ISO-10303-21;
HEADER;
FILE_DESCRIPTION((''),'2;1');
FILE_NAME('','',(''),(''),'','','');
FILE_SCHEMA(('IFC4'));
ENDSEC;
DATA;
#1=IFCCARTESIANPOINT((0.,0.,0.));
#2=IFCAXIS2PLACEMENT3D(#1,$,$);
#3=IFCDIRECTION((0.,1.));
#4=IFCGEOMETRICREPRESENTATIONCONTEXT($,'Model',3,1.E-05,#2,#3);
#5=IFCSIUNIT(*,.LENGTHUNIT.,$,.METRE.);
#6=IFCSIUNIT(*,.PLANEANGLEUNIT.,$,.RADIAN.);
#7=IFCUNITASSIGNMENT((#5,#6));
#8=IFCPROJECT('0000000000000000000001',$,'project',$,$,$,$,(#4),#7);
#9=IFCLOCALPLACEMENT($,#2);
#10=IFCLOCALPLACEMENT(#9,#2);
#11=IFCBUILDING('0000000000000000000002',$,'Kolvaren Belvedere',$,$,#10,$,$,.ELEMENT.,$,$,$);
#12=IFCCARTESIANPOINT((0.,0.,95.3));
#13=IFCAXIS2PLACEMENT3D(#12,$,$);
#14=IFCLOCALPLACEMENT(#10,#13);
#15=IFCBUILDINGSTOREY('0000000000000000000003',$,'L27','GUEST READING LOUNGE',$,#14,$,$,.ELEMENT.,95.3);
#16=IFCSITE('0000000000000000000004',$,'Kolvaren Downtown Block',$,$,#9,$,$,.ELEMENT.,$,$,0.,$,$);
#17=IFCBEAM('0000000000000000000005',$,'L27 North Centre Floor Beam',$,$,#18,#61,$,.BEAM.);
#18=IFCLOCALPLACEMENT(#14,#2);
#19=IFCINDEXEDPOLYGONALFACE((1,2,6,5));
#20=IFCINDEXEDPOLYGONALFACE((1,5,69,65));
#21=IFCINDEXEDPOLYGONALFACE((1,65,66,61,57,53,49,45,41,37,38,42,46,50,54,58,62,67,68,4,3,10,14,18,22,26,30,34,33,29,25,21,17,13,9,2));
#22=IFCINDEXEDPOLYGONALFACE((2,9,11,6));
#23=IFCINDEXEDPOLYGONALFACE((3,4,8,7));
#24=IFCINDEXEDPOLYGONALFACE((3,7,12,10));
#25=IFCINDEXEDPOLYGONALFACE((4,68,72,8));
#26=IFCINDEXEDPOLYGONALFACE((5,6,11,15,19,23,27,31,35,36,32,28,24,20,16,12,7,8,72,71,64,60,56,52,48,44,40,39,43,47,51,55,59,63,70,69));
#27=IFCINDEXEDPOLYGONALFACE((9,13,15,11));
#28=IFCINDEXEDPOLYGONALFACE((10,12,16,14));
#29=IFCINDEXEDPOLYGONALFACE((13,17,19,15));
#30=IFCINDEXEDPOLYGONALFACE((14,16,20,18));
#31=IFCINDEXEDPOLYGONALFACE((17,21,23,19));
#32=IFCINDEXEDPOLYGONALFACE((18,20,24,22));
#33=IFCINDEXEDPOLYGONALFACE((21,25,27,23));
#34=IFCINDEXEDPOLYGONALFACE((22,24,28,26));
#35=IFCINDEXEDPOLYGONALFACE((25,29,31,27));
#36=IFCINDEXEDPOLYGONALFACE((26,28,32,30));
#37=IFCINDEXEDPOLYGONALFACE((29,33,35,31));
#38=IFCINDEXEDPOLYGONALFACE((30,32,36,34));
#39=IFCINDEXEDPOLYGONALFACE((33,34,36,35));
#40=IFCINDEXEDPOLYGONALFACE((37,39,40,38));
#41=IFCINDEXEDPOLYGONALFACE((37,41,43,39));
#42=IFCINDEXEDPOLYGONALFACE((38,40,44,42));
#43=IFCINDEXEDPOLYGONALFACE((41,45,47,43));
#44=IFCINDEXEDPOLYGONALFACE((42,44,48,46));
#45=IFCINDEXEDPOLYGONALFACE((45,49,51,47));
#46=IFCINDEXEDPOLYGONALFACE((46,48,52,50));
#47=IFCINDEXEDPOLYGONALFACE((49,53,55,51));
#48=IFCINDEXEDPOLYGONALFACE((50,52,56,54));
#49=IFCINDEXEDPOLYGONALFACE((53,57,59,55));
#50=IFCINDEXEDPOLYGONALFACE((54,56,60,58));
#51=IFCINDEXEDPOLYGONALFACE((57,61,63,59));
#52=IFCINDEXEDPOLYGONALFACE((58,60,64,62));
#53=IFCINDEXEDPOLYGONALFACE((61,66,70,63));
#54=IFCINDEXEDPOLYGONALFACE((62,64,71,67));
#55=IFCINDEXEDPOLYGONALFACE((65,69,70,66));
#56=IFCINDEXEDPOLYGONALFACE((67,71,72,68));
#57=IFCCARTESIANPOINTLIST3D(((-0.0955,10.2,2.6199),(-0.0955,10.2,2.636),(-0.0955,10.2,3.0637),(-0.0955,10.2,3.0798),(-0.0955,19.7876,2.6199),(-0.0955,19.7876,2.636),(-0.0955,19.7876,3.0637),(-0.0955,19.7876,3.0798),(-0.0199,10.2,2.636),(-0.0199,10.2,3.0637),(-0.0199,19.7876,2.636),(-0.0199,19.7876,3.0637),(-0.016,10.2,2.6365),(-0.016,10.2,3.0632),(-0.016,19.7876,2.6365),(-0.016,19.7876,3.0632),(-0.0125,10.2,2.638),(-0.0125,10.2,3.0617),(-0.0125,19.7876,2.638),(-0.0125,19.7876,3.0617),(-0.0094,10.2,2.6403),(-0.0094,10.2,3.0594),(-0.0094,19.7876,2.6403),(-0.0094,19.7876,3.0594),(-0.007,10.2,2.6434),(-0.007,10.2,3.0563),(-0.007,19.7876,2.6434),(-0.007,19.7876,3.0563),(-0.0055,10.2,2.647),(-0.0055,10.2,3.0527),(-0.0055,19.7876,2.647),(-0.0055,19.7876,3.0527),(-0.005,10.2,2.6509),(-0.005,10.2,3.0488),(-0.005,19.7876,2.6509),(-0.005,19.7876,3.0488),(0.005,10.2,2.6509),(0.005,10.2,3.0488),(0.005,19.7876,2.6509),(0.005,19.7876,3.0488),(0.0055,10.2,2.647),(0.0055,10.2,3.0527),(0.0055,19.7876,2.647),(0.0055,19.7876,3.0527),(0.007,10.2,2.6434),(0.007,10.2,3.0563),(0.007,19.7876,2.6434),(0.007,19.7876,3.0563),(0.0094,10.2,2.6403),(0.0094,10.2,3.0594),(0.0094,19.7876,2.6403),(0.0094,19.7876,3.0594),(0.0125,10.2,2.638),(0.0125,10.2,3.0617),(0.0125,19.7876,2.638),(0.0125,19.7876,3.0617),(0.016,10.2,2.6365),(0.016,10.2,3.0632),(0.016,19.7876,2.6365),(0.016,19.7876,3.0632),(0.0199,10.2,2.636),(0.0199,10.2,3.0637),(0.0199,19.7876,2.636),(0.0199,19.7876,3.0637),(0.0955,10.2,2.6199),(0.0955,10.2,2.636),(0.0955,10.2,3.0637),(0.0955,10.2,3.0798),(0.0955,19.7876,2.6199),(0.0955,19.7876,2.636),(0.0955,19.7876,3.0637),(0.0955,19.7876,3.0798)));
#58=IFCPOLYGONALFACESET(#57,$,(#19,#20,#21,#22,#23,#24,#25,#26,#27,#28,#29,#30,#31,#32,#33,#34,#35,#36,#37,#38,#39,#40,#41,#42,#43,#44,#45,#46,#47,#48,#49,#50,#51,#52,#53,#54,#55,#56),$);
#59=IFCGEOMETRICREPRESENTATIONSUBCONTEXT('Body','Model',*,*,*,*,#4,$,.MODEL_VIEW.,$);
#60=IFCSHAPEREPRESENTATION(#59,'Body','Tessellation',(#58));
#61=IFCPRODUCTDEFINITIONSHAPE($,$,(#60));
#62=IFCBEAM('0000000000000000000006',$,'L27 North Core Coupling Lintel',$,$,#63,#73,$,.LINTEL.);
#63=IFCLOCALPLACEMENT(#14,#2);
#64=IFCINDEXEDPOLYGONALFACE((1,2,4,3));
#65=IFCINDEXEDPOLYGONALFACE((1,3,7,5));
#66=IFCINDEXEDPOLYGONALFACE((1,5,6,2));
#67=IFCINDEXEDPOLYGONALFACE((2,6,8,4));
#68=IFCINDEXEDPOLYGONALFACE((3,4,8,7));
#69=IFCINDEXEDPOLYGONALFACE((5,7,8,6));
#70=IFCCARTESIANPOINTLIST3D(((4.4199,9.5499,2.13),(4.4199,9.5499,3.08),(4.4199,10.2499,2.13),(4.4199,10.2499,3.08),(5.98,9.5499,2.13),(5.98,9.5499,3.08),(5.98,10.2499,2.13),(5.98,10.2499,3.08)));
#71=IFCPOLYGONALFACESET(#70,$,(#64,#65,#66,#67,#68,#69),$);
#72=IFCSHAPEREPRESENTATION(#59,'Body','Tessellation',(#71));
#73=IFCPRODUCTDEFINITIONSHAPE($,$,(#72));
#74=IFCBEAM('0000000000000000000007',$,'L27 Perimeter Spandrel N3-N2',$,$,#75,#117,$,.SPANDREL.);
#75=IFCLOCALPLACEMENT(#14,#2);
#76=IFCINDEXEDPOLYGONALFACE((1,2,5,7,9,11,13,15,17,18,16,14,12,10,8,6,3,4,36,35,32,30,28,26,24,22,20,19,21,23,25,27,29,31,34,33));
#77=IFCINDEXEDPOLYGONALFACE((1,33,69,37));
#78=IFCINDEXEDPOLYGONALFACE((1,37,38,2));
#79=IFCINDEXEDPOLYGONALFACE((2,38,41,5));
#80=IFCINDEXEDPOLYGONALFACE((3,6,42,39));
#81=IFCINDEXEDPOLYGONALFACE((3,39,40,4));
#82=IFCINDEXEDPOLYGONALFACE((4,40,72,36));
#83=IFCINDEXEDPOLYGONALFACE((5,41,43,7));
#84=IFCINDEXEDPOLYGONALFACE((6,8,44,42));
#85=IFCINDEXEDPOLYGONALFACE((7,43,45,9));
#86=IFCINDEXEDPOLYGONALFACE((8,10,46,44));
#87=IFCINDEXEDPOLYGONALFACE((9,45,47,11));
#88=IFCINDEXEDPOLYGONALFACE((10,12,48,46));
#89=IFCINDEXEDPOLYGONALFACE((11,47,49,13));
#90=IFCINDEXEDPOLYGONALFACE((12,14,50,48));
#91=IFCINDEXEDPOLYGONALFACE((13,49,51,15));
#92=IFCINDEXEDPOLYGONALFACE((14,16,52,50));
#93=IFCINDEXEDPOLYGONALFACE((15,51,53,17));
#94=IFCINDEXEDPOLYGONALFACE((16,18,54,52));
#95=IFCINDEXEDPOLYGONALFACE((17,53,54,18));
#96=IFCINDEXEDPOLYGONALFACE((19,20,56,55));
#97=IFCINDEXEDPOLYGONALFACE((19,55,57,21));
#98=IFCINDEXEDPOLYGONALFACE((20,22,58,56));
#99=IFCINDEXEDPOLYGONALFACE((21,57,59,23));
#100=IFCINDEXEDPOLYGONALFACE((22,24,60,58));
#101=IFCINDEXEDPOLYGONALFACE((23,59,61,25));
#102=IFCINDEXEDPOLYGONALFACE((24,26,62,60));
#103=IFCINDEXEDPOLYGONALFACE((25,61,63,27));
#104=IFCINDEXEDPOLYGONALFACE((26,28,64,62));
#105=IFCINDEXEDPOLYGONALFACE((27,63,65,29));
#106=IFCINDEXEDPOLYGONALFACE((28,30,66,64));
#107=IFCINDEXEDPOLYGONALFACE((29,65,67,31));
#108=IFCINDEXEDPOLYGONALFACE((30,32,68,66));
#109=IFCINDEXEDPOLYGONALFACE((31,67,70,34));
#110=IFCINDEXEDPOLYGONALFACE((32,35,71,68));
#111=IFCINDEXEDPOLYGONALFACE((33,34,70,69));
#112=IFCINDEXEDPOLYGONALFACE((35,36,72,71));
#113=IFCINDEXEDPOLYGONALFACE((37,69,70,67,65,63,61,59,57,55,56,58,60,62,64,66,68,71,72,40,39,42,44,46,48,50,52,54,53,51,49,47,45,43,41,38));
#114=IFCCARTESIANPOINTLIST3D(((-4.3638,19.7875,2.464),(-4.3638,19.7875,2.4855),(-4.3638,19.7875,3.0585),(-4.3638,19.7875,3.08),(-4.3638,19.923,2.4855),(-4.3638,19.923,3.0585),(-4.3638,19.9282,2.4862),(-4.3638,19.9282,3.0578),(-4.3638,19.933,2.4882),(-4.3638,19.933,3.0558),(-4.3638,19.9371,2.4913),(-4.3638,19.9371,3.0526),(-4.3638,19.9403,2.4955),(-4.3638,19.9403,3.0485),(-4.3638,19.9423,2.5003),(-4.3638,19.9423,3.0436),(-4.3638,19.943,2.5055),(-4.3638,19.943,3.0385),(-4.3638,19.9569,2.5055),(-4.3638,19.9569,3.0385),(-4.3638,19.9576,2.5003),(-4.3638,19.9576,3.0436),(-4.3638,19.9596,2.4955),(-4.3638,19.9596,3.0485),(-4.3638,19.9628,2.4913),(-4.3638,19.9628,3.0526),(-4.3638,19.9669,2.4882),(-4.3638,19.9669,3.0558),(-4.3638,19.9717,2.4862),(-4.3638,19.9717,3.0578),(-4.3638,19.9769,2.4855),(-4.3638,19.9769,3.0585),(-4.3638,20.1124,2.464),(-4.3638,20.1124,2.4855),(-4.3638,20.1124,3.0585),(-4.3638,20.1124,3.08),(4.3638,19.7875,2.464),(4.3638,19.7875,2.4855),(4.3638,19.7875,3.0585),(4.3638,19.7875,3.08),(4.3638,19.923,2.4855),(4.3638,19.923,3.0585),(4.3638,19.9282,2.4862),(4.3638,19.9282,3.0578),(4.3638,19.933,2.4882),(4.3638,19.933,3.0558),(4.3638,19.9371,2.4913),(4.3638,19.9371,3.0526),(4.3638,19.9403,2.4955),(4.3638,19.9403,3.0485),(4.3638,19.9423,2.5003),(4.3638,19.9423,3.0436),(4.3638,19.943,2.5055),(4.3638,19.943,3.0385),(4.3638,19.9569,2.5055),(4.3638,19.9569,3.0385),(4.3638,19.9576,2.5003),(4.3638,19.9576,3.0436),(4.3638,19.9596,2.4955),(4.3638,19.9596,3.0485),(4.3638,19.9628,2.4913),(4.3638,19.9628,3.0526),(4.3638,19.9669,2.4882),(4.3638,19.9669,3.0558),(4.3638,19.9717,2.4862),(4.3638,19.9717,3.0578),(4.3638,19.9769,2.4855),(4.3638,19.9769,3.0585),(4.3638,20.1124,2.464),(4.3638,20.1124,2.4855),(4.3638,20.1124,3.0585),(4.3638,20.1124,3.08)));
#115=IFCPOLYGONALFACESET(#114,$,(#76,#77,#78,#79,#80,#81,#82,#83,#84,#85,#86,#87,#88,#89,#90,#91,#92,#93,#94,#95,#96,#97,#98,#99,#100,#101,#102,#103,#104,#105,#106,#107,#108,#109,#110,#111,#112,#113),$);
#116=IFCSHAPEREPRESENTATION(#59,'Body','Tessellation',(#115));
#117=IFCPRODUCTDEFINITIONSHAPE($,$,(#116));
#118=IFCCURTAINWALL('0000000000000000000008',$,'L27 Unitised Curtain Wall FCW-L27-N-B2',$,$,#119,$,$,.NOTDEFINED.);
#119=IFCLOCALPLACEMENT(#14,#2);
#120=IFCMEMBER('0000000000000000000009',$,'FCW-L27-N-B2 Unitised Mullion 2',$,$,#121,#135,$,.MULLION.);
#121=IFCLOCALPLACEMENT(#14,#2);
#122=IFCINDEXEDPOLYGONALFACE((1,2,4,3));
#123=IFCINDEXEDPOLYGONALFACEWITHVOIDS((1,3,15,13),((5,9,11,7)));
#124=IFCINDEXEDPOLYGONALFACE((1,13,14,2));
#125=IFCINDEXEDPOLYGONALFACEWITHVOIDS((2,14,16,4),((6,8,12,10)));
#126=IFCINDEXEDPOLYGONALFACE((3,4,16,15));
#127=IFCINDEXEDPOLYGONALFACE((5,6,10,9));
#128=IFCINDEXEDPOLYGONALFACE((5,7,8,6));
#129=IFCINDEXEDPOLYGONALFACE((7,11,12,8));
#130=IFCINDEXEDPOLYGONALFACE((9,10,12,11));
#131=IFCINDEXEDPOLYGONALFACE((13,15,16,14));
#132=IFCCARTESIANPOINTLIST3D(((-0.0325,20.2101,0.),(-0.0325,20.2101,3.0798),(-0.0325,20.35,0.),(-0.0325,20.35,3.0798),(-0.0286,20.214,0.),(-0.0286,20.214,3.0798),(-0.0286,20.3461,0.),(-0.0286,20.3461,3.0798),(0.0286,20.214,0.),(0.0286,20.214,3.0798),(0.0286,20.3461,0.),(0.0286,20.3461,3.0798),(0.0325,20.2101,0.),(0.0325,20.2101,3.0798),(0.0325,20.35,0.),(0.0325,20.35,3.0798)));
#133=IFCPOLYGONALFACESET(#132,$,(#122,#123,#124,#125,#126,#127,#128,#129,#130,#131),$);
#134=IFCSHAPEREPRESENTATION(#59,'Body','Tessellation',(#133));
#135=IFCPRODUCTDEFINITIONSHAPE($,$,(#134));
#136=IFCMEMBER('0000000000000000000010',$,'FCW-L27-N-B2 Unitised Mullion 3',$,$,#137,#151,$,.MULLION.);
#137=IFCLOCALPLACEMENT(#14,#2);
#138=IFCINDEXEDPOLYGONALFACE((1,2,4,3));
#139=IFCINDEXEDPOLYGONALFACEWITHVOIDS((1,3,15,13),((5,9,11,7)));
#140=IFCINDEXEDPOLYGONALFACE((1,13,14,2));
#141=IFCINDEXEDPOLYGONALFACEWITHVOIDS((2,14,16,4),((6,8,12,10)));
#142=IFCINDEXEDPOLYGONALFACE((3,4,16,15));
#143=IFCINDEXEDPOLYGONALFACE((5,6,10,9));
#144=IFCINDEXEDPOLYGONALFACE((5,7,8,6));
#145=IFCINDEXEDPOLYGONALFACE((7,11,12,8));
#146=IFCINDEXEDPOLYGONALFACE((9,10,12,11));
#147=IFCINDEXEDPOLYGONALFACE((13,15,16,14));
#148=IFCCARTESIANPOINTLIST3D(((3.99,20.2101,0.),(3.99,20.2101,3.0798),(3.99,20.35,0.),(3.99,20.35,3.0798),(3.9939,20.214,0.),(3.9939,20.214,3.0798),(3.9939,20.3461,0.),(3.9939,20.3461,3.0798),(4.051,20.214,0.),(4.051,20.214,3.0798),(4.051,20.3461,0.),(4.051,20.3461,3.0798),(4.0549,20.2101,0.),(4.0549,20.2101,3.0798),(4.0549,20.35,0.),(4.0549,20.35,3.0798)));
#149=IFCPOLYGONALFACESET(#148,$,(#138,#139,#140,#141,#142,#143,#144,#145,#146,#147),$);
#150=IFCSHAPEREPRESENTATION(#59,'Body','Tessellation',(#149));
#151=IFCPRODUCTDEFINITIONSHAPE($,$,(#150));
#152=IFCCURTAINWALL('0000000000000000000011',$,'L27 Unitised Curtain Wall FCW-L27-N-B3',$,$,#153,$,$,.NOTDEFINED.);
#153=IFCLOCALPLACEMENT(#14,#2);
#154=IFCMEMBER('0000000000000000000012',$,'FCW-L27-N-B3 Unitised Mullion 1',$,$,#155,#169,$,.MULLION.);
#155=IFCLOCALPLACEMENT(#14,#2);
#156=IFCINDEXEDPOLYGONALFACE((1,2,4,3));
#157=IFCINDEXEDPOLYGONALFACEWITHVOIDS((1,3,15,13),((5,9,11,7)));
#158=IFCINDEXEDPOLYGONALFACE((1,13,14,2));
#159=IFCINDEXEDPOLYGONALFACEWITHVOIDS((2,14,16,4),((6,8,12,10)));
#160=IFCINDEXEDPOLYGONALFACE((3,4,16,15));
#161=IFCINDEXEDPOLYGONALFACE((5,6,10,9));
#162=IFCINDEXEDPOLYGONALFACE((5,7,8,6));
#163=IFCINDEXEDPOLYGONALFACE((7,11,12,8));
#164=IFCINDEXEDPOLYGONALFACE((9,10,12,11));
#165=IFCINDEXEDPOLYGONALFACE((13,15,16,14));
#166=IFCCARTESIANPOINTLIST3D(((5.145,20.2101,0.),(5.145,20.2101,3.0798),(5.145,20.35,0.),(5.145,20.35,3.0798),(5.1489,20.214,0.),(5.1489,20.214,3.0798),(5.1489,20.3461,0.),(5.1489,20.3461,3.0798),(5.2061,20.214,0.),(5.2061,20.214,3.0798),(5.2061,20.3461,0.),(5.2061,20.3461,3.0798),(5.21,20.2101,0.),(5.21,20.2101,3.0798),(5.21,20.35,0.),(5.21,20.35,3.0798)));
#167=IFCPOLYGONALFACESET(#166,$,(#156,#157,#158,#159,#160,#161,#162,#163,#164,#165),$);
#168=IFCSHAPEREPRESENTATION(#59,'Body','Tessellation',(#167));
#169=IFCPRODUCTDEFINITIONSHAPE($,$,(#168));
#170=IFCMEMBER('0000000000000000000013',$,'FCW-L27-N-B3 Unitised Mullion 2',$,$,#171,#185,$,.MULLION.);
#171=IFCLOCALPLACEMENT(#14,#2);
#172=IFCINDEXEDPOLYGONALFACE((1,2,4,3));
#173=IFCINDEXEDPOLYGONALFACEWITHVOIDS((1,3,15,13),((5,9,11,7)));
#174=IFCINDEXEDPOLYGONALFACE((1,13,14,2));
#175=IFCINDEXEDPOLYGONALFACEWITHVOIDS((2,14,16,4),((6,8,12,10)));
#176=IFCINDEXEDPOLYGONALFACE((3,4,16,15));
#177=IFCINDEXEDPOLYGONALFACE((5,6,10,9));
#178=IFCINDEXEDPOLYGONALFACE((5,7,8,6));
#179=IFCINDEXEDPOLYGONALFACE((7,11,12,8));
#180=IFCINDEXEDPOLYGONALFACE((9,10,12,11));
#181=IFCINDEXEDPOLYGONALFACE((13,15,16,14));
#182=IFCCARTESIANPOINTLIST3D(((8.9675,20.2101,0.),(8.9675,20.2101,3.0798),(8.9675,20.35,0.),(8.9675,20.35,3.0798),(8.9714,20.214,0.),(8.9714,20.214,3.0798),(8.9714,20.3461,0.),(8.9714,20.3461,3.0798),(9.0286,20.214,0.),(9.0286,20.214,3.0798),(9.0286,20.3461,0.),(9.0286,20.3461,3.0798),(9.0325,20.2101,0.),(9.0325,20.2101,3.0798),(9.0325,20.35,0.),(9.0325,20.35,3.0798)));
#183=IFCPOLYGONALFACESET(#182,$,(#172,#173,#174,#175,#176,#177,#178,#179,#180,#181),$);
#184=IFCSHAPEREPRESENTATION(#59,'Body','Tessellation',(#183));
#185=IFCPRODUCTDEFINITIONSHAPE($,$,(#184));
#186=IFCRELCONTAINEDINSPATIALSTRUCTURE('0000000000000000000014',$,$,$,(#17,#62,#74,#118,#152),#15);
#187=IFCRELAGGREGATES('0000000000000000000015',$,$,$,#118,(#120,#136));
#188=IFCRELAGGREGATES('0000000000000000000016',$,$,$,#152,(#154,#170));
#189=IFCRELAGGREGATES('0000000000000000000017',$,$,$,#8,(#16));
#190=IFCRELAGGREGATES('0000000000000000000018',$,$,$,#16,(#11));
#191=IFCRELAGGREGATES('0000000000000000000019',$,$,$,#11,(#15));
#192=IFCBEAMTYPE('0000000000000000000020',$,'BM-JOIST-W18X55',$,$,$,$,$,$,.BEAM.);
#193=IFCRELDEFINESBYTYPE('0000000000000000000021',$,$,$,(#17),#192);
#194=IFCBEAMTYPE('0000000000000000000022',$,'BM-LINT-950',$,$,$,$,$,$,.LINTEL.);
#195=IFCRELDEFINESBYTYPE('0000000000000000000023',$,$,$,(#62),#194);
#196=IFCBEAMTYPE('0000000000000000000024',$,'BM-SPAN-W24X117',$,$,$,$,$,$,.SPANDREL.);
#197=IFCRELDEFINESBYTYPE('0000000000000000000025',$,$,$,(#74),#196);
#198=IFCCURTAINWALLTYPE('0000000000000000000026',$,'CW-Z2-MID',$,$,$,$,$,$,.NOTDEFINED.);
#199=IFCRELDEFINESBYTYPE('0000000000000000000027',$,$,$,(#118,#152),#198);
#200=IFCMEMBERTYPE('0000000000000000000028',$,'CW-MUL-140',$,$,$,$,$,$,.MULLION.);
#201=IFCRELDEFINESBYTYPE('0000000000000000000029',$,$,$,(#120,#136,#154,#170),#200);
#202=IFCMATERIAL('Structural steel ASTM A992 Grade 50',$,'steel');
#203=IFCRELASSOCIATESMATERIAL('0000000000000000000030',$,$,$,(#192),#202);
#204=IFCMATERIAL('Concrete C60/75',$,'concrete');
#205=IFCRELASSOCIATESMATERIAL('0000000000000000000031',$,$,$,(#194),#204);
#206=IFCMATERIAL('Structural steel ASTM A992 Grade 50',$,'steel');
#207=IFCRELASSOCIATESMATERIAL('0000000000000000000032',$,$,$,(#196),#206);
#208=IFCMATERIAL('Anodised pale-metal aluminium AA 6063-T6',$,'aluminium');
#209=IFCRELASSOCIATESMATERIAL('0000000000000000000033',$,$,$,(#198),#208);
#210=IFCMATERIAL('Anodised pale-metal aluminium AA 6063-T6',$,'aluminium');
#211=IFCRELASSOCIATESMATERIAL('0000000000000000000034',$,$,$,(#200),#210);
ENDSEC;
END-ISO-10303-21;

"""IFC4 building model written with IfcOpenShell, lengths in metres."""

from ifc_helpers import new_model, si_unit, direction, frame, origin, origin_2d, place, context, subcontext, project, spatial, rectangle, hollow_rectangle, i_section, extrude, material, material_profile, profile_set, type_object, element, aggregate, save


model = new_model("IFC4")

# Units and contexts
model_context = context("Model", 3, precision=1e-05, world=origin(), true_north=direction((0.0, 1.0)))
body_context = subcontext(model_context, "Body", "Model", "MODEL_VIEW")
ifc_project = project(units=[si_unit("LENGTHUNIT", "METRE"), si_unit("PLANEANGLEUNIT", "RADIAN")], contexts=[model_context])

# Site, building, storey
site_placement = place(None, origin())
site = spatial("IfcSite", under=ifc_project, at=site_placement, Name="Kolvaren Downtown Block", CompositionType="ELEMENT", RefElevation=0.0)
building_placement = place(site_placement, origin())
building = spatial("IfcBuilding", under=site, at=building_placement, Name="Kolvaren Belvedere", CompositionType="ELEMENT")
storey_placement = place(building_placement, frame((0.0, 0.0, 95.3)))
storey = spatial("IfcBuildingStorey", under=building, at=storey_placement, Name="L27", Description="GUEST READING LOUNGE", CompositionType="ELEMENT", Elevation=95.3)

# Beams
ifc_material_1 = material(Name="Structural steel ASTM A992 Grade 50", Category="steel")
ifc_material_profile_1 = material_profile(ifc_material_1, i_section(OverallWidth=0.1909, OverallDepth=0.46, WebThickness=0.01, FlangeThickness=0.0161, FilletRadius=0.0149, at=origin_2d()), Name="W18X55")
ifc_profile_set_1 = profile_set([ifc_material_profile_1], Name="Structural steel ASTM A992 Grade 50")
beam_type_1 = type_object("IfcBeamType", Name="BM-JOIST-W18X55", PredefinedType="BEAM", material=ifc_profile_set_1)
beam_1_placement = place(storey_placement, frame((0.0, 10.2, 2.8499), z_axis=(0.0, 1.0, 0.0), x_axis=(-1.0, 0.0, 0.0)))
element("IfcBeam", 1, at=beam_1_placement, inside=storey, type_object=beam_type_1, Name="L27 North Centre Floor Beam", PredefinedType="BEAM", context=body_context, shape_type="SweptSolid", body=[
    extrude(i_section(OverallWidth=0.1909, OverallDepth=0.46, WebThickness=0.01, FlangeThickness=0.0161, FilletRadius=0.0149, at=origin_2d()), origin(), (0.0, 0.0, 1.0), 9.5876),
])
ifc_material_2 = material(Name="Concrete C60/75", Category="concrete")
ifc_material_profile_2 = material_profile(ifc_material_2, rectangle(XDim=0.7, YDim=0.95, at=origin_2d()), Name="RC 700X950")
ifc_profile_set_2 = profile_set([ifc_material_profile_2], Name="Concrete C60/75")
beam_type_2 = type_object("IfcBeamType", Name="BM-LINT-950", PredefinedType="LINTEL", material=ifc_profile_set_2)
beam_2_placement = place(storey_placement, frame((4.4199, 9.8999, 2.605), z_axis=(1.0, 0.0, 0.0), x_axis=(0.0, 1.0, 0.0)))
element("IfcBeam", 2, at=beam_2_placement, inside=storey, type_object=beam_type_2, Name="L27 North Core Coupling Lintel", PredefinedType="LINTEL", context=body_context, shape_type="SweptSolid", body=[
    extrude(rectangle(XDim=0.7, YDim=0.95, at=origin_2d()), origin(), (0.0, 0.0, 1.0), 1.5601),
])
ifc_material_3 = material(Name="Structural steel ASTM A992 Grade 50", Category="steel")
ifc_material_profile_3 = material_profile(ifc_material_3, i_section(OverallWidth=0.325, OverallDepth=0.616, WebThickness=0.0139, FlangeThickness=0.0215, FilletRadius=0.02, at=origin_2d()), Name="W24X117")
ifc_profile_set_3 = profile_set([ifc_material_profile_3], Name="Structural steel ASTM A992 Grade 50")
beam_type_3 = type_object("IfcBeamType", Name="BM-SPAN-W24X117", PredefinedType="SPANDREL", material=ifc_profile_set_3)
beam_3_placement = place(storey_placement, frame((4.3638, 19.95, 2.772), z_axis=(-1.0, 0.0, 0.0), x_axis=(0.0, -1.0, 0.0)))
element("IfcBeam", 3, at=beam_3_placement, inside=storey, type_object=beam_type_3, Name="L27 Perimeter Spandrel N3-N2", PredefinedType="SPANDREL", context=body_context, shape_type="SweptSolid", body=[
    extrude(i_section(OverallWidth=0.325, OverallDepth=0.616, WebThickness=0.0139, FlangeThickness=0.0215, FilletRadius=0.02, at=origin_2d()), origin(), (0.0, 0.0, 1.0), 8.7275),
])

# Curtain walls, members
ifc_material_4 = material(Name="Anodised pale-metal aluminium AA 6063-T6", Category="aluminium")
curtain_wall_type = type_object("IfcCurtainWallType", Name="CW-Z2-MID", PredefinedType="NOTDEFINED", material=ifc_material_4)
curtain_wall_1_placement = place(storey_placement, origin())
curtain_wall_1 = element("IfcCurtainWall", 4, at=curtain_wall_1_placement, inside=storey, type_object=curtain_wall_type, Name="L27 Unitised Curtain Wall FCW-L27-N-B2", PredefinedType="NOTDEFINED")
ifc_material_5 = material(Name="Anodised pale-metal aluminium AA 6063-T6", Category="aluminium")
ifc_material_profile_4 = material_profile(ifc_material_5, hollow_rectangle(XDim=0.0649, YDim=0.1399, WallThickness=0.0039, at=origin_2d()), Name="ALU-MUL-140X65")
ifc_profile_set_4 = profile_set([ifc_material_profile_4], Name="Anodised pale-metal aluminium AA 6063-T6")
member_type_1 = type_object("IfcMemberType", Name="CW-MUL-140", PredefinedType="MULLION", material=ifc_profile_set_4)
member_1_placement = place(storey_placement, frame((0.0, 20.28, 0.0), z_axis=(0.0, 0.0, 1.0), x_axis=(1.0, 0.0, 0.0)))
member_1 = element("IfcMember", 5, at=member_1_placement, type_object=member_type_1, Name="FCW-L27-N-B2 Unitised Mullion 2", PredefinedType="MULLION", context=body_context, shape_type="SweptSolid", body=[
    extrude(hollow_rectangle(XDim=0.0649, YDim=0.1399, WallThickness=0.0039, at=origin_2d()), origin(), (0.0, 0.0, 1.0), 3.0798),
])
member_2_placement = place(storey_placement, frame((4.0225, 20.28, 0.0), z_axis=(0.0, 0.0, 1.0), x_axis=(1.0, 0.0, 0.0)))
member_2 = element("IfcMember", 6, at=member_2_placement, type_object=member_type_1, Name="FCW-L27-N-B2 Unitised Mullion 3", PredefinedType="MULLION", context=body_context, shape_type="SweptSolid", body=[
    extrude(hollow_rectangle(XDim=0.0649, YDim=0.1399, WallThickness=0.0039, at=origin_2d()), origin(), (0.0, 0.0, 1.0), 3.0798),
])
curtain_wall_2_placement = place(storey_placement, origin())
curtain_wall_2 = element("IfcCurtainWall", 7, at=curtain_wall_2_placement, inside=storey, type_object=curtain_wall_type, Name="L27 Unitised Curtain Wall FCW-L27-N-B3", PredefinedType="NOTDEFINED")
member_3_placement = place(storey_placement, frame((5.1775, 20.28, 0.0), z_axis=(0.0, 0.0, 1.0), x_axis=(1.0, 0.0, 0.0)))
member_3 = element("IfcMember", 8, at=member_3_placement, type_object=member_type_1, Name="FCW-L27-N-B3 Unitised Mullion 1", PredefinedType="MULLION", context=body_context, shape_type="SweptSolid", body=[
    extrude(hollow_rectangle(XDim=0.0649, YDim=0.1399, WallThickness=0.0039, at=origin_2d()), origin(), (0.0, 0.0, 1.0), 3.0798),
])
member_4_placement = place(storey_placement, frame((9.0, 20.28, 0.0), z_axis=(0.0, 0.0, 1.0), x_axis=(1.0, 0.0, 0.0)))
member_4 = element("IfcMember", 9, at=member_4_placement, type_object=member_type_1, Name="FCW-L27-N-B3 Unitised Mullion 2", PredefinedType="MULLION", context=body_context, shape_type="SweptSolid", body=[
    extrude(hollow_rectangle(XDim=0.0649, YDim=0.1399, WallThickness=0.0039, at=origin_2d()), origin(), (0.0, 0.0, 1.0), 3.0798),
])

aggregate(curtain_wall_1, [member_1, member_2])
aggregate(curtain_wall_2, [member_3, member_4])

save(model, "model.ifc")
